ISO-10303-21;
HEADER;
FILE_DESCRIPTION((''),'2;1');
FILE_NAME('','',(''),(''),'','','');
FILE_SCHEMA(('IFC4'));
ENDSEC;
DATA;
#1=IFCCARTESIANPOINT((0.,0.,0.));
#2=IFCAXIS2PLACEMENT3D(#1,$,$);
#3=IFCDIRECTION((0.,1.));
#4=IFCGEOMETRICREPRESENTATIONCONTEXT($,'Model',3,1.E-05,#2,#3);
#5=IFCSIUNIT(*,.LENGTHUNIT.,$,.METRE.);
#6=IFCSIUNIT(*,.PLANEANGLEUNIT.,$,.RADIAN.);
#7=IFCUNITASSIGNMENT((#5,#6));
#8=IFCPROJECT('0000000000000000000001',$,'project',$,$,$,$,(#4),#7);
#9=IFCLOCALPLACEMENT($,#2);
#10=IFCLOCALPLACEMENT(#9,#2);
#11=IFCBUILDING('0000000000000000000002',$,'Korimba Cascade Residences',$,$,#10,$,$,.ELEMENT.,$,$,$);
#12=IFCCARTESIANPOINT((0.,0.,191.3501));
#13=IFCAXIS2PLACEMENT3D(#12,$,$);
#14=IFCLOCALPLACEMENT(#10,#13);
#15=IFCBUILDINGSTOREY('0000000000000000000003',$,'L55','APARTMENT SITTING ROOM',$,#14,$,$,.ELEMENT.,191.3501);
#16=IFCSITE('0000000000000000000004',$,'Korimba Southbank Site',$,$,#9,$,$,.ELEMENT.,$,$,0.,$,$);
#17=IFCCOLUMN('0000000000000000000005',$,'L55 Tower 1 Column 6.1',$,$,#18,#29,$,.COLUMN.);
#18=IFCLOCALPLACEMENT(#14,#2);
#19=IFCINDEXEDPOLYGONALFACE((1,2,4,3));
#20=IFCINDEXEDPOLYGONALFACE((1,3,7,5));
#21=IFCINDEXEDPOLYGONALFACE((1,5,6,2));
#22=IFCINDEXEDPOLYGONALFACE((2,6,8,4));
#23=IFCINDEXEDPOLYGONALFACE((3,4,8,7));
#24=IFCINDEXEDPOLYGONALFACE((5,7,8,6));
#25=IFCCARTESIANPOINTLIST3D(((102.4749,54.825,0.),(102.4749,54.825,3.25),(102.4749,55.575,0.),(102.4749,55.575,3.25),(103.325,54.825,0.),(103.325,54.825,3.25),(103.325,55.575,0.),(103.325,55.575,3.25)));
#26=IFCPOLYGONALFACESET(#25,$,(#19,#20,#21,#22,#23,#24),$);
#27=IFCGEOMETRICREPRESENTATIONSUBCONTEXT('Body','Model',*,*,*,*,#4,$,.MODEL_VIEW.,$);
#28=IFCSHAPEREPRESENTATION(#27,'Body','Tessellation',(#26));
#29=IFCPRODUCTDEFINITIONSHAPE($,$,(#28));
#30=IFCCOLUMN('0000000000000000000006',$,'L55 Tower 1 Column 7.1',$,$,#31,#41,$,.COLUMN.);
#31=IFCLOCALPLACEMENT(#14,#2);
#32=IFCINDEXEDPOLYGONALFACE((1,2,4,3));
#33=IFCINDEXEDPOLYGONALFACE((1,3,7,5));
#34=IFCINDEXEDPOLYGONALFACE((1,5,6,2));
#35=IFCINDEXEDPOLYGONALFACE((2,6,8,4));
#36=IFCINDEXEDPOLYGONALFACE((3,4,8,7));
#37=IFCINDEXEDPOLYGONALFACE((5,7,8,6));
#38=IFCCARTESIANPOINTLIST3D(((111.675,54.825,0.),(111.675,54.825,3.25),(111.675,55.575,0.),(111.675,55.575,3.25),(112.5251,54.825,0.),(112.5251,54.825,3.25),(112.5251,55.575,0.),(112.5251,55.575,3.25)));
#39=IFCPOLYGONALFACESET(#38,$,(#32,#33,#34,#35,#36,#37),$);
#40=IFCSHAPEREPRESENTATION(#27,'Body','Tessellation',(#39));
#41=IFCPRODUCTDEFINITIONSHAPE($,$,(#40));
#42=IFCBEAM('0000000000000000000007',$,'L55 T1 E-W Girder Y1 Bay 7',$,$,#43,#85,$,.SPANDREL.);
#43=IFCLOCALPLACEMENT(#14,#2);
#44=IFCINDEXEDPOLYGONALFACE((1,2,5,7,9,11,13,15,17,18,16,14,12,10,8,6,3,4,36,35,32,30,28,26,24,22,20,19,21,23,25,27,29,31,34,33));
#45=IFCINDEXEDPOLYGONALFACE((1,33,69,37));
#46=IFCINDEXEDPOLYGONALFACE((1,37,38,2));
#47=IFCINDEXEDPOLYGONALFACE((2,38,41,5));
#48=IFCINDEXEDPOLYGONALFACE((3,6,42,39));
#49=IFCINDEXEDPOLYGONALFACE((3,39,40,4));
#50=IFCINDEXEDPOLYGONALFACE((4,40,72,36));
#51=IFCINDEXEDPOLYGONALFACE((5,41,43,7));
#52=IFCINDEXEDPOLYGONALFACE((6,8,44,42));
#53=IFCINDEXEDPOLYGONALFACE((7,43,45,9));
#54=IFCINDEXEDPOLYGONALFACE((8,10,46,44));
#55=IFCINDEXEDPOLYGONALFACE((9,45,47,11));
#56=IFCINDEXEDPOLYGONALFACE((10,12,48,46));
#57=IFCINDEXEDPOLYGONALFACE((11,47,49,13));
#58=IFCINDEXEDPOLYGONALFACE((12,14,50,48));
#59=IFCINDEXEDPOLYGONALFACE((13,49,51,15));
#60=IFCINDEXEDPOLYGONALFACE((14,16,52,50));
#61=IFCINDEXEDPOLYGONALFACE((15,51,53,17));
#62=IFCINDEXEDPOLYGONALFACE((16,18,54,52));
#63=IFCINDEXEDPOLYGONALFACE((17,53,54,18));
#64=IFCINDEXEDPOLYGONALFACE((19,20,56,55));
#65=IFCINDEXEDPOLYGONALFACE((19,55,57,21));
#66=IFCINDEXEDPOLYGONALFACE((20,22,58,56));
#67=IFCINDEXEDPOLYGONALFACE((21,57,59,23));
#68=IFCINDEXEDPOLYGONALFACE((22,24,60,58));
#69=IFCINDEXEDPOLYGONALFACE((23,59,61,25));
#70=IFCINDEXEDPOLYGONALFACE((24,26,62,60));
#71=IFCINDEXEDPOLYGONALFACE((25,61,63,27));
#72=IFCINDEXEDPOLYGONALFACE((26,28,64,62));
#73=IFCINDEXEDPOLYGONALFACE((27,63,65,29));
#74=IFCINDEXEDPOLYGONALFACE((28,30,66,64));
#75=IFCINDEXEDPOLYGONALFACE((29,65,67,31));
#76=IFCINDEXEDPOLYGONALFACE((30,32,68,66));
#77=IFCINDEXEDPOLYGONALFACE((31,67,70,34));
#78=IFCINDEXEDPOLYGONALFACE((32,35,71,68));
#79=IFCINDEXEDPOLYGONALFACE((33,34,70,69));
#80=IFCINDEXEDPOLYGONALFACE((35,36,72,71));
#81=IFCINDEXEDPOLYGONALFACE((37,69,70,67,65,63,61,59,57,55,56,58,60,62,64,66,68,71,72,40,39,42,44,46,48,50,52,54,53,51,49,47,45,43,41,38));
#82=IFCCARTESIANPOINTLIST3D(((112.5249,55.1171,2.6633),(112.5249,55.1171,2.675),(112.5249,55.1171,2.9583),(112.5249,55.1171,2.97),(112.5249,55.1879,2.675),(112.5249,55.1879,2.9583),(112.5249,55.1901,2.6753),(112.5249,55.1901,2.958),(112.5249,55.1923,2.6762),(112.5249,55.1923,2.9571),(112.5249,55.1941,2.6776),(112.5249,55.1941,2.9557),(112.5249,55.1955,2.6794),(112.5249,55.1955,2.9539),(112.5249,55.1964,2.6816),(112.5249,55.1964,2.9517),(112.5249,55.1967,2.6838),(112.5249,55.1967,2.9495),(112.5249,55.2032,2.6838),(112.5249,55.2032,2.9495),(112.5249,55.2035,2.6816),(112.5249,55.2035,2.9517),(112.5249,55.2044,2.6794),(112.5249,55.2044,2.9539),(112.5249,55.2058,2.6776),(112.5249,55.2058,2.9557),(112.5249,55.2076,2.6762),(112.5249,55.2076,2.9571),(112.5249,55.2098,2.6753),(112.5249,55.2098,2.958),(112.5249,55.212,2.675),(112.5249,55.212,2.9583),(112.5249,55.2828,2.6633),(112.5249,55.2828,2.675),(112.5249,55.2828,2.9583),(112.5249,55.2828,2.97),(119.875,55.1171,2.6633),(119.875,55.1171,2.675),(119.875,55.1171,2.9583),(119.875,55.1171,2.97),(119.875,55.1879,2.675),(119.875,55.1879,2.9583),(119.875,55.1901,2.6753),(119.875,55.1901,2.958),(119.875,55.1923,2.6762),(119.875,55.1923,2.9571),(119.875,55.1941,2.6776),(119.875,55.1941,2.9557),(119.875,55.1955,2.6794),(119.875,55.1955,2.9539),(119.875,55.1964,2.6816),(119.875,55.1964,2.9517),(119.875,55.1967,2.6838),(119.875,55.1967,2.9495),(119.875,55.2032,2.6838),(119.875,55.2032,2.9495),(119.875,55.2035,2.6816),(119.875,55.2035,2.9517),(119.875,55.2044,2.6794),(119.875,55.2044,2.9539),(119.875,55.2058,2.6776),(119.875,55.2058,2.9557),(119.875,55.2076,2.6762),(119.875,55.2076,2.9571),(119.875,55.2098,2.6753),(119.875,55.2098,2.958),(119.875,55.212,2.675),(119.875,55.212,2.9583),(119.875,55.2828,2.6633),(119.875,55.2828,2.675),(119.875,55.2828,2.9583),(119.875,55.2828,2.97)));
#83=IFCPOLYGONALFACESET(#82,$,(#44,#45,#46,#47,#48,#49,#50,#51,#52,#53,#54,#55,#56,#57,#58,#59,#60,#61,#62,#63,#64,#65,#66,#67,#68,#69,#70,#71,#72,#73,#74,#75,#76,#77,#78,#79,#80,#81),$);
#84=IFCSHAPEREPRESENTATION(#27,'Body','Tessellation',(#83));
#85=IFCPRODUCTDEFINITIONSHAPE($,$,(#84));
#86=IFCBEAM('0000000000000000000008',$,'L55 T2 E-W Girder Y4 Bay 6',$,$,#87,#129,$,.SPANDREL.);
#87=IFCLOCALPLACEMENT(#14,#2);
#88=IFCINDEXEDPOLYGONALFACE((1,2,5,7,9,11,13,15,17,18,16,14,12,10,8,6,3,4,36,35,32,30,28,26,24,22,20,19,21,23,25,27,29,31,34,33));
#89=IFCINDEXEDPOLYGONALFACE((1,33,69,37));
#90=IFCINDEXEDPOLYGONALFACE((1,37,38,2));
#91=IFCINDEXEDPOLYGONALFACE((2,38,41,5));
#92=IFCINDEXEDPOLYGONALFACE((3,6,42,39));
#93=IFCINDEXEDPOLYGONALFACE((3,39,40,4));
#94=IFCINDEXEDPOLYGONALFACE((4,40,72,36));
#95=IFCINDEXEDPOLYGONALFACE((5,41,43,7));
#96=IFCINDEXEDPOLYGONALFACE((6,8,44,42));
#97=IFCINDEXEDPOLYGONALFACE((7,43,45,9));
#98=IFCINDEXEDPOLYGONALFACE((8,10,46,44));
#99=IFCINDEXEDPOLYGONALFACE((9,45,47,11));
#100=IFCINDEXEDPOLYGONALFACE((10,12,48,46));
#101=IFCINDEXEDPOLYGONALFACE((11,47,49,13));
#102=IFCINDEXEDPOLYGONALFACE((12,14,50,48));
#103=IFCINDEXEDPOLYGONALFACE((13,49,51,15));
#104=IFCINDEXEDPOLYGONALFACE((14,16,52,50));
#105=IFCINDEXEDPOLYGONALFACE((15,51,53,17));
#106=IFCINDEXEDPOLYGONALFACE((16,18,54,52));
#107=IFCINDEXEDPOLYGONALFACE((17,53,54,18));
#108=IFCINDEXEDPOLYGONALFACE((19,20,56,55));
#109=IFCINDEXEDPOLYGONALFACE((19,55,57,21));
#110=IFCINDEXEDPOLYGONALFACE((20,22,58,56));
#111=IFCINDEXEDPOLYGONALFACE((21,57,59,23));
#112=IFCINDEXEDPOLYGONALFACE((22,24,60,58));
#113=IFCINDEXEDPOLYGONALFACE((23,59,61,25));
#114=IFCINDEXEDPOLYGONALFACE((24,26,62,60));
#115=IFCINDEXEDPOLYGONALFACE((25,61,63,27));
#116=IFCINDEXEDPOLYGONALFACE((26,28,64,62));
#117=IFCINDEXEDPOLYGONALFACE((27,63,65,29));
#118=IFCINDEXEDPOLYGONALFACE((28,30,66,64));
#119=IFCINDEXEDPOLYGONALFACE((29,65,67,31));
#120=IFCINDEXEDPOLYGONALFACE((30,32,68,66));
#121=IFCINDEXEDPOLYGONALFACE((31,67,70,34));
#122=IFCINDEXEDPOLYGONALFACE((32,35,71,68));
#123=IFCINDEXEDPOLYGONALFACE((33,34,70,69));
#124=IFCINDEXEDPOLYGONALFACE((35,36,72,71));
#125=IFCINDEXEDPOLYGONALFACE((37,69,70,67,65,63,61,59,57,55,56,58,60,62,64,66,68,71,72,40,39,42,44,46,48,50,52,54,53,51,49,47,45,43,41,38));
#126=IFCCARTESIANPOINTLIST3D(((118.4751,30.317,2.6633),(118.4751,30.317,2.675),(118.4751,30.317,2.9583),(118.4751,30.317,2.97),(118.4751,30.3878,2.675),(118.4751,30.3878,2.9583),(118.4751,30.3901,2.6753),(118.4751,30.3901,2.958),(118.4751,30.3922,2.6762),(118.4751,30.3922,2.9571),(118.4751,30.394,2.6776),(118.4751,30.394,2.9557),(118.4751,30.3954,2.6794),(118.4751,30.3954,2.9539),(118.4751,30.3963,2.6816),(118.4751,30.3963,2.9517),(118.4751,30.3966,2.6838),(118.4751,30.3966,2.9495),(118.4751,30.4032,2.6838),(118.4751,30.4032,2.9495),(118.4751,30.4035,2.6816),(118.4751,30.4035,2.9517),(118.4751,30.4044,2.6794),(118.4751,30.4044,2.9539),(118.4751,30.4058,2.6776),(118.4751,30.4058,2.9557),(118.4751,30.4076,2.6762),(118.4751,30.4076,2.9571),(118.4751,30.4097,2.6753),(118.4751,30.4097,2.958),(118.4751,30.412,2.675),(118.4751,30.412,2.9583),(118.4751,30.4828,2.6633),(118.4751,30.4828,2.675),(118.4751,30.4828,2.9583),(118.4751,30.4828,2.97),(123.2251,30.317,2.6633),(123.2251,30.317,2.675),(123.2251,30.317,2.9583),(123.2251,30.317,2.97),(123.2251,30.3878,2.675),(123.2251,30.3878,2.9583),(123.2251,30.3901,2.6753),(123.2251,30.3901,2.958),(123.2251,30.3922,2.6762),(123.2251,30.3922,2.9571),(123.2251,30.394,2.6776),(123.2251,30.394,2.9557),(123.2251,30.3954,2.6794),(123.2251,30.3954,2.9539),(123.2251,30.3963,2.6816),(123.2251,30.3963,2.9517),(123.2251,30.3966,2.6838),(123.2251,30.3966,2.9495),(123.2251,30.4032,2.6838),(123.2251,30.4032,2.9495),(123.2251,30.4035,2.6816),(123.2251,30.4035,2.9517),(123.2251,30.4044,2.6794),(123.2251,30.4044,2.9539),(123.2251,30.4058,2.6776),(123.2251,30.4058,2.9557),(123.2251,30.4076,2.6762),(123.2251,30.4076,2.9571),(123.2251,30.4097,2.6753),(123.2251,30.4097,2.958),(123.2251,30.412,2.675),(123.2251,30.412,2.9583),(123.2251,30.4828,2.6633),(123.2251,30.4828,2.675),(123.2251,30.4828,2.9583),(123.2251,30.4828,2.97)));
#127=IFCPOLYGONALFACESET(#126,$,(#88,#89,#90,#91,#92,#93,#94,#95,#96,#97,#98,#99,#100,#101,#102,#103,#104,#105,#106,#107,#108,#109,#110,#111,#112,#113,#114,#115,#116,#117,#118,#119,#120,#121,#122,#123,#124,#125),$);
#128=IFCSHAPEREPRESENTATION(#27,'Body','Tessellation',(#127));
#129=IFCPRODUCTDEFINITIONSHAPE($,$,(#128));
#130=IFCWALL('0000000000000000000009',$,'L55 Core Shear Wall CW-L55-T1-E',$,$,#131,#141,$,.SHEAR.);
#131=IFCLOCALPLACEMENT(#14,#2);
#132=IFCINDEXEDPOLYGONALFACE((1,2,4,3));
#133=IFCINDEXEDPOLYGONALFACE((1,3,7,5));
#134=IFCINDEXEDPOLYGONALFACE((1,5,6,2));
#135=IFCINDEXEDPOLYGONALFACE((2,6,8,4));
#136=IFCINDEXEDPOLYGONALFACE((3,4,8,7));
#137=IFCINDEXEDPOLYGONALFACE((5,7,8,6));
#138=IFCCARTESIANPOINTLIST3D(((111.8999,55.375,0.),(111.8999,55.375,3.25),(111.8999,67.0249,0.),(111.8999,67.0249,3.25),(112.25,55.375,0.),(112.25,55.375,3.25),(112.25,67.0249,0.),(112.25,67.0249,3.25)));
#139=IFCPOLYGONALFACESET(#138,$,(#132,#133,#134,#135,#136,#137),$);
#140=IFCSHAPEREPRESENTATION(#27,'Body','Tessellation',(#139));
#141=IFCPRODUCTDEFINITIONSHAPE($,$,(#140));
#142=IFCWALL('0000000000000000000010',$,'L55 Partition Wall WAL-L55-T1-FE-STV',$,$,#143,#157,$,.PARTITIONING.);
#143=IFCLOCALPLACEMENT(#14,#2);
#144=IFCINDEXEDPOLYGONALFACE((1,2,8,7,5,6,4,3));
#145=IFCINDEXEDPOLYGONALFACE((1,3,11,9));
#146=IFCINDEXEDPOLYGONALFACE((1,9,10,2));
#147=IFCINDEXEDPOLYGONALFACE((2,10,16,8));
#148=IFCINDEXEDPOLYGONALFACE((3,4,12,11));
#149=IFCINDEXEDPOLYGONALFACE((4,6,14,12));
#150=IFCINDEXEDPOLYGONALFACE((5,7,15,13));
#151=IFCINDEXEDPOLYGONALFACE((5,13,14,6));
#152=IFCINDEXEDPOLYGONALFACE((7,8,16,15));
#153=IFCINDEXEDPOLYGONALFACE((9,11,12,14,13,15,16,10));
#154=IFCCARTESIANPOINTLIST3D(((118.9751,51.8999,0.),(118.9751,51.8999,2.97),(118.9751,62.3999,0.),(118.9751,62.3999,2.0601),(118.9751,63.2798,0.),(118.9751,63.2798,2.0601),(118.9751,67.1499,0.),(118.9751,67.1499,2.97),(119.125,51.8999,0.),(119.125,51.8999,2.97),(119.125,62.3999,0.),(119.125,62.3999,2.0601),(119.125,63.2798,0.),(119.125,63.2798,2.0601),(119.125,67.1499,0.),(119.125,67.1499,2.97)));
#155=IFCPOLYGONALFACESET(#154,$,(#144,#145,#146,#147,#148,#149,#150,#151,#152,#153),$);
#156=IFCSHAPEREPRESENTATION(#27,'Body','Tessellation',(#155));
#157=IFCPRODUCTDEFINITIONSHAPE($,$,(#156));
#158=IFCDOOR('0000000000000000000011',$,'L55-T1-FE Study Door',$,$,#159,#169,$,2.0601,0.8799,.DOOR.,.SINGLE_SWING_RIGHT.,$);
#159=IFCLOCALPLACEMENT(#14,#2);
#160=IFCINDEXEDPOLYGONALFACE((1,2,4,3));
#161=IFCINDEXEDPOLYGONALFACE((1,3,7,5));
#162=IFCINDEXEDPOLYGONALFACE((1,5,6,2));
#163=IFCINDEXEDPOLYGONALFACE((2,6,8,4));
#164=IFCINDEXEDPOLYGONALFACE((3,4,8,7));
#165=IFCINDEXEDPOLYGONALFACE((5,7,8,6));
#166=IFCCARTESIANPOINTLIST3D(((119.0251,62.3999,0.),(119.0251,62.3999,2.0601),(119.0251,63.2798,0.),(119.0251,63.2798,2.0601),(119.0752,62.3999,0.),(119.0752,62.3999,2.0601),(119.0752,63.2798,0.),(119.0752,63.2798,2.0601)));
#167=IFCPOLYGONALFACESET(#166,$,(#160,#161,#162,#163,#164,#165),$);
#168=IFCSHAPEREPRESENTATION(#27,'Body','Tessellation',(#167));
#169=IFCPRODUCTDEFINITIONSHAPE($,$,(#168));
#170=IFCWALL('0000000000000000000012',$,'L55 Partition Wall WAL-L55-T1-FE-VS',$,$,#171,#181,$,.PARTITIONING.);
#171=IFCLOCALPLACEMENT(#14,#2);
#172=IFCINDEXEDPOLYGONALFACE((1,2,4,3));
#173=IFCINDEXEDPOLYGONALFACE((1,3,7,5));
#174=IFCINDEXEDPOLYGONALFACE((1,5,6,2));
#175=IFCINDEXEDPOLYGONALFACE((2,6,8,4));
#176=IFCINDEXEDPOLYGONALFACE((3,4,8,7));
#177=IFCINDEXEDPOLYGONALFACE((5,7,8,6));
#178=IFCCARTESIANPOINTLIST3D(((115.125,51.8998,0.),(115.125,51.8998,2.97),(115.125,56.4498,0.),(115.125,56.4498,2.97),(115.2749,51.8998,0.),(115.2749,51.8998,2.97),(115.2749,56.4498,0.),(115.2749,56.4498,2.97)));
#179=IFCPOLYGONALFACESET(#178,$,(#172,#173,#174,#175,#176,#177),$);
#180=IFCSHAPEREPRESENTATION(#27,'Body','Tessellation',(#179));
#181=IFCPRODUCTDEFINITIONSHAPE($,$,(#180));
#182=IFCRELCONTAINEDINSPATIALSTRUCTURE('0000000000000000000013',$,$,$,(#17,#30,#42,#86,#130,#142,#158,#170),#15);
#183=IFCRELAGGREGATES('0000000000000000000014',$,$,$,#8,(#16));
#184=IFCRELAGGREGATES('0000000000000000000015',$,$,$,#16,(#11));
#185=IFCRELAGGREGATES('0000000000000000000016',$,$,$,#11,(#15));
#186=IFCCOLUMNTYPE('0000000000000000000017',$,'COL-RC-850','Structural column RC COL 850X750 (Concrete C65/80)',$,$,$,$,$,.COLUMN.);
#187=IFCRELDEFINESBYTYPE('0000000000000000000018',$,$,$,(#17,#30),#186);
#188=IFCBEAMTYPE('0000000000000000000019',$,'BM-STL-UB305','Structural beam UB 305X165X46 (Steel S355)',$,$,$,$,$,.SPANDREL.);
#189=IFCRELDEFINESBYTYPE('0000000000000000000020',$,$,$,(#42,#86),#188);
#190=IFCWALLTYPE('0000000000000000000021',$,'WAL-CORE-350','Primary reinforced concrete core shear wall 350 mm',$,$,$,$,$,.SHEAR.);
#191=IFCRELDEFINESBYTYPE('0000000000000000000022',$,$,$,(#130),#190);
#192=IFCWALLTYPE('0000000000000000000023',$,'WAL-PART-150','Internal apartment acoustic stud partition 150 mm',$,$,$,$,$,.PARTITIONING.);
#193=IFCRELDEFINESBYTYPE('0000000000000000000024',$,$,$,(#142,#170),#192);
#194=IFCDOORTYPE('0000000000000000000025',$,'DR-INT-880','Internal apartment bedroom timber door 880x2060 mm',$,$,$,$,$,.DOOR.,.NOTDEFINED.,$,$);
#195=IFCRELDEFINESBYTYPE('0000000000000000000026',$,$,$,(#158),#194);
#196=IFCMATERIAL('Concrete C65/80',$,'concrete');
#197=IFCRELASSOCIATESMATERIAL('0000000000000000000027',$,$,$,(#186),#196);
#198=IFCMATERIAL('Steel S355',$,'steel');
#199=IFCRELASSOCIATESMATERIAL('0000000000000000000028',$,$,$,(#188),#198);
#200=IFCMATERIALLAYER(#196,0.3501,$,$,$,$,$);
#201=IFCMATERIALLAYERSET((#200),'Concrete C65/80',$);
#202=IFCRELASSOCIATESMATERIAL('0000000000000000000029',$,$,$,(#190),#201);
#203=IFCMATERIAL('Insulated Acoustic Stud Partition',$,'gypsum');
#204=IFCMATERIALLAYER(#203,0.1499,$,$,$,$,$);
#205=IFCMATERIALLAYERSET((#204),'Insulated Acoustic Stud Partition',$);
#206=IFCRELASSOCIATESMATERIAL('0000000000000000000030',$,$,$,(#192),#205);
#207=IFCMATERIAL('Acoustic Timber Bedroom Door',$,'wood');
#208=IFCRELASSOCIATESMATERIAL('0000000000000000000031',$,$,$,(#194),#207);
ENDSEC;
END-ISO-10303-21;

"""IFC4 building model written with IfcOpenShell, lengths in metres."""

from ifc_helpers import new_model, si_unit, direction, frame, frame_2d, origin, origin_2d, place, context, subcontext, project, spatial, rectangle, i_section, extrude, material, layer, layer_set, material_profile, profile_set, type_object, element, fill, save


model = new_model("IFC4")

# Units and contexts
model_context = context("Model", 3, precision=1e-05, world=origin(), true_north=direction((0.0, 1.0)))
body_context = subcontext(model_context, "Body", "Model", "MODEL_VIEW")
ifc_project = project(units=[si_unit("LENGTHUNIT", "METRE"), si_unit("PLANEANGLEUNIT", "RADIAN")], contexts=[model_context])

# Site, building, storey
site_placement = place(None, origin())
site = spatial("IfcSite", under=ifc_project, at=site_placement, Name="Korimba Southbank Site", CompositionType="ELEMENT", RefElevation=0.0)
building_placement = place(site_placement, origin())
building = spatial("IfcBuilding", under=site, at=building_placement, Name="Korimba Cascade Residences", CompositionType="ELEMENT")
storey_placement = place(building_placement, frame((0.0, 0.0, 191.3501)))
storey = spatial("IfcBuildingStorey", under=building, at=storey_placement, Name="L55", Description="APARTMENT SITTING ROOM", CompositionType="ELEMENT", Elevation=191.3501)

# Columns
ifc_material_1 = material(Name="Concrete C65/80", Category="concrete")
ifc_material_profile_1 = material_profile(ifc_material_1, rectangle(XDim=0.8501, YDim=0.75, at=origin_2d()), Name="Concrete C65/80")
ifc_profile_set_1 = profile_set([ifc_material_profile_1], Name="Concrete C65/80")
column_type = type_object("IfcColumnType", Name="COL-RC-850", Description="Structural column RC COL 850X750 (Concrete C65/80)", PredefinedType="COLUMN", material=ifc_profile_set_1)
for number, where, z_axis, x_axis, name in (
    (1, (102.8999, 55.2, 0.0), (0.0, 0.0, 1.0), (1.0, 0.0, 0.0), "L55 Tower 1 Column 6.1"),
    (2, (112.1001, 55.2, 0.0), (0.0, 0.0, 1.0), (1.0, 0.0, 0.0), "L55 Tower 1 Column 7.1"),
):
    element("IfcColumn", number, at=place(storey_placement, frame(where, z_axis=z_axis, x_axis=x_axis)), inside=storey, type_object=column_type, Name=name, PredefinedType="COLUMN", context=body_context, shape_type="SweptSolid", body=[
        extrude(rectangle(XDim=0.8501, YDim=0.75, at=origin_2d()), origin(), (0.0, 0.0, 1.0), 3.25),
    ])

# Beams
ifc_material_2 = material(Name="Steel S355", Category="steel")
ifc_material_profile_2 = material_profile(ifc_material_2, i_section(OverallWidth=0.1658, OverallDepth=0.3066, WebThickness=0.0066, FlangeThickness=0.0117, FilletRadius=0.0088, at=origin_2d()), Name="Steel S355")
ifc_profile_set_2 = profile_set([ifc_material_profile_2], Name="Steel S355")
beam_type = type_object("IfcBeamType", Name="BM-STL-UB305", Description="Structural beam UB 305X165X46 (Steel S355)", PredefinedType="SPANDREL", material=ifc_profile_set_2)
beam_1_placement = place(storey_placement, frame((112.5249, 55.2, 2.8167), z_axis=(1.0, 0.0, 0.0), x_axis=(0.0, 1.0, 0.0)))
element("IfcBeam", 3, at=beam_1_placement, inside=storey, type_object=beam_type, Name="L55 T1 E-W Girder Y1 Bay 7", PredefinedType="SPANDREL", context=body_context, shape_type="SweptSolid", body=[
    extrude(i_section(OverallWidth=0.1658, OverallDepth=0.3066, WebThickness=0.0066, FlangeThickness=0.0117, FilletRadius=0.0088, at=origin_2d()), origin(), (0.0, 0.0, 1.0), 7.3501),
])
beam_2_placement = place(storey_placement, frame((118.4751, 30.3999, 2.8167), z_axis=(1.0, 0.0, 0.0), x_axis=(0.0, 1.0, 0.0)))
element("IfcBeam", 4, at=beam_2_placement, inside=storey, type_object=beam_type, Name="L55 T2 E-W Girder Y4 Bay 6", PredefinedType="SPANDREL", context=body_context, shape_type="SweptSolid", body=[
    extrude(i_section(OverallWidth=0.1658, OverallDepth=0.3066, WebThickness=0.0066, FlangeThickness=0.0117, FilletRadius=0.0088, at=origin_2d()), origin(), (0.0, 0.0, 1.0), 4.75),
])

# Wall
ifc_layer_1 = layer(ifc_material_1, 0.3501)
ifc_layer_set_1 = layer_set([ifc_layer_1], Name="Concrete C65/80")
wall_type_1 = type_object("IfcWallType", Name="WAL-CORE-350", Description="Primary reinforced concrete core shear wall 350 mm", PredefinedType="SHEAR", material=ifc_layer_set_1)
wall_1_placement = place(storey_placement, frame((112.075, 55.375, 0.0), z_axis=(0.0, 0.0, 1.0), x_axis=(0.0, 1.0, 0.0)))
element("IfcWall", 5, at=wall_1_placement, inside=storey, type_object=wall_type_1, Name="L55 Core Shear Wall CW-L55-T1-E", PredefinedType="SHEAR", context=body_context, shape_type="SweptSolid", body=[
    extrude(rectangle(XDim=11.6499, YDim=0.3501, at=frame_2d((5.825, 0.0))), origin(), (0.0, 0.0, 1.0), 3.25),
])

# Wall, opening, door
ifc_material_3 = material(Name="Insulated Acoustic Stud Partition", Category="gypsum")
ifc_layer_2 = layer(ifc_material_3, 0.1499)
ifc_layer_set_2 = layer_set([ifc_layer_2], Name="Insulated Acoustic Stud Partition")
wall_type_2 = type_object("IfcWallType", Name="WAL-PART-150", Description="Internal apartment acoustic stud partition 150 mm", PredefinedType="PARTITIONING", material=ifc_layer_set_2)
wall_2_placement = place(storey_placement, frame((119.05, 51.8999, 0.0), z_axis=(0.0, 0.0, 1.0), x_axis=(0.0, 1.0, 0.0)))
wall_2 = element("IfcWall", 6, at=wall_2_placement, inside=storey, type_object=wall_type_2, Name="L55 Partition Wall WAL-L55-T1-FE-STV", PredefinedType="PARTITIONING", context=body_context, shape_type="SweptSolid", body=[
    extrude(rectangle(XDim=15.25, YDim=0.1499, at=frame_2d((7.625, 0.0))), origin(), (0.0, 0.0, 1.0), 2.97),
])
opening_1_placement = place(wall_2_placement, frame((10.5, 0.0, 0.0)))
opening_1 = element("IfcOpeningElement", 7, at=opening_1_placement, cuts=wall_2, PredefinedType="OPENING", context=body_context, shape_type="SweptSolid", body=[
    extrude(rectangle(XDim=0.8799, YDim=2.0601, at=frame_2d((0.4399, 1.03))), frame((0.0, 0.085, 0.0), z_axis=(0.0, -1.0, 0.0), x_axis=(1.0, 0.0, 0.0)), (0.0, 0.0, 1.0), 0.1699),
])
ifc_material_4 = material(Name="Acoustic Timber Bedroom Door", Category="wood")
door_type_1 = type_object("IfcDoorType", Name="DR-INT-880", Description="Internal apartment bedroom timber door 880x2060 mm", OperationType="NOTDEFINED", PredefinedType="DOOR", material=ifc_material_4)
door_1_placement = place(opening_1_placement, origin())
door_1 = element("IfcDoor", 8, at=door_1_placement, inside=storey, type_object=door_type_1, Name="L55-T1-FE Study Door", OperationType="SINGLE_SWING_RIGHT", OverallHeight=2.0601, OverallWidth=0.8799, PredefinedType="DOOR", context=body_context, shape_type="SweptSolid", body=[
    extrude(rectangle(XDim=0.8799, YDim=2.0601, at=frame_2d((0.4399, 1.03))), frame((0.0, 0.0249, 0.0), z_axis=(0.0, -1.0, 0.0), x_axis=(1.0, 0.0, 0.0)), (0.0, 0.0, 1.0), 0.05),
])
fill(opening_1, door_1)

# Wall
wall_3_placement = place(storey_placement, frame((115.2, 51.8999, 0.0), z_axis=(0.0, 0.0, 1.0), x_axis=(0.0, 1.0, 0.0)))
element("IfcWall", 9, at=wall_3_placement, inside=storey, type_object=wall_type_2, Name="L55 Partition Wall WAL-L55-T1-FE-VS", PredefinedType="PARTITIONING", context=body_context, shape_type="SweptSolid", body=[
    extrude(rectangle(XDim=4.55, YDim=0.1499, at=frame_2d((2.2749, 0.0))), origin(), (0.0, 0.0, 1.0), 2.97),
])

save(model, "model.ifc")
